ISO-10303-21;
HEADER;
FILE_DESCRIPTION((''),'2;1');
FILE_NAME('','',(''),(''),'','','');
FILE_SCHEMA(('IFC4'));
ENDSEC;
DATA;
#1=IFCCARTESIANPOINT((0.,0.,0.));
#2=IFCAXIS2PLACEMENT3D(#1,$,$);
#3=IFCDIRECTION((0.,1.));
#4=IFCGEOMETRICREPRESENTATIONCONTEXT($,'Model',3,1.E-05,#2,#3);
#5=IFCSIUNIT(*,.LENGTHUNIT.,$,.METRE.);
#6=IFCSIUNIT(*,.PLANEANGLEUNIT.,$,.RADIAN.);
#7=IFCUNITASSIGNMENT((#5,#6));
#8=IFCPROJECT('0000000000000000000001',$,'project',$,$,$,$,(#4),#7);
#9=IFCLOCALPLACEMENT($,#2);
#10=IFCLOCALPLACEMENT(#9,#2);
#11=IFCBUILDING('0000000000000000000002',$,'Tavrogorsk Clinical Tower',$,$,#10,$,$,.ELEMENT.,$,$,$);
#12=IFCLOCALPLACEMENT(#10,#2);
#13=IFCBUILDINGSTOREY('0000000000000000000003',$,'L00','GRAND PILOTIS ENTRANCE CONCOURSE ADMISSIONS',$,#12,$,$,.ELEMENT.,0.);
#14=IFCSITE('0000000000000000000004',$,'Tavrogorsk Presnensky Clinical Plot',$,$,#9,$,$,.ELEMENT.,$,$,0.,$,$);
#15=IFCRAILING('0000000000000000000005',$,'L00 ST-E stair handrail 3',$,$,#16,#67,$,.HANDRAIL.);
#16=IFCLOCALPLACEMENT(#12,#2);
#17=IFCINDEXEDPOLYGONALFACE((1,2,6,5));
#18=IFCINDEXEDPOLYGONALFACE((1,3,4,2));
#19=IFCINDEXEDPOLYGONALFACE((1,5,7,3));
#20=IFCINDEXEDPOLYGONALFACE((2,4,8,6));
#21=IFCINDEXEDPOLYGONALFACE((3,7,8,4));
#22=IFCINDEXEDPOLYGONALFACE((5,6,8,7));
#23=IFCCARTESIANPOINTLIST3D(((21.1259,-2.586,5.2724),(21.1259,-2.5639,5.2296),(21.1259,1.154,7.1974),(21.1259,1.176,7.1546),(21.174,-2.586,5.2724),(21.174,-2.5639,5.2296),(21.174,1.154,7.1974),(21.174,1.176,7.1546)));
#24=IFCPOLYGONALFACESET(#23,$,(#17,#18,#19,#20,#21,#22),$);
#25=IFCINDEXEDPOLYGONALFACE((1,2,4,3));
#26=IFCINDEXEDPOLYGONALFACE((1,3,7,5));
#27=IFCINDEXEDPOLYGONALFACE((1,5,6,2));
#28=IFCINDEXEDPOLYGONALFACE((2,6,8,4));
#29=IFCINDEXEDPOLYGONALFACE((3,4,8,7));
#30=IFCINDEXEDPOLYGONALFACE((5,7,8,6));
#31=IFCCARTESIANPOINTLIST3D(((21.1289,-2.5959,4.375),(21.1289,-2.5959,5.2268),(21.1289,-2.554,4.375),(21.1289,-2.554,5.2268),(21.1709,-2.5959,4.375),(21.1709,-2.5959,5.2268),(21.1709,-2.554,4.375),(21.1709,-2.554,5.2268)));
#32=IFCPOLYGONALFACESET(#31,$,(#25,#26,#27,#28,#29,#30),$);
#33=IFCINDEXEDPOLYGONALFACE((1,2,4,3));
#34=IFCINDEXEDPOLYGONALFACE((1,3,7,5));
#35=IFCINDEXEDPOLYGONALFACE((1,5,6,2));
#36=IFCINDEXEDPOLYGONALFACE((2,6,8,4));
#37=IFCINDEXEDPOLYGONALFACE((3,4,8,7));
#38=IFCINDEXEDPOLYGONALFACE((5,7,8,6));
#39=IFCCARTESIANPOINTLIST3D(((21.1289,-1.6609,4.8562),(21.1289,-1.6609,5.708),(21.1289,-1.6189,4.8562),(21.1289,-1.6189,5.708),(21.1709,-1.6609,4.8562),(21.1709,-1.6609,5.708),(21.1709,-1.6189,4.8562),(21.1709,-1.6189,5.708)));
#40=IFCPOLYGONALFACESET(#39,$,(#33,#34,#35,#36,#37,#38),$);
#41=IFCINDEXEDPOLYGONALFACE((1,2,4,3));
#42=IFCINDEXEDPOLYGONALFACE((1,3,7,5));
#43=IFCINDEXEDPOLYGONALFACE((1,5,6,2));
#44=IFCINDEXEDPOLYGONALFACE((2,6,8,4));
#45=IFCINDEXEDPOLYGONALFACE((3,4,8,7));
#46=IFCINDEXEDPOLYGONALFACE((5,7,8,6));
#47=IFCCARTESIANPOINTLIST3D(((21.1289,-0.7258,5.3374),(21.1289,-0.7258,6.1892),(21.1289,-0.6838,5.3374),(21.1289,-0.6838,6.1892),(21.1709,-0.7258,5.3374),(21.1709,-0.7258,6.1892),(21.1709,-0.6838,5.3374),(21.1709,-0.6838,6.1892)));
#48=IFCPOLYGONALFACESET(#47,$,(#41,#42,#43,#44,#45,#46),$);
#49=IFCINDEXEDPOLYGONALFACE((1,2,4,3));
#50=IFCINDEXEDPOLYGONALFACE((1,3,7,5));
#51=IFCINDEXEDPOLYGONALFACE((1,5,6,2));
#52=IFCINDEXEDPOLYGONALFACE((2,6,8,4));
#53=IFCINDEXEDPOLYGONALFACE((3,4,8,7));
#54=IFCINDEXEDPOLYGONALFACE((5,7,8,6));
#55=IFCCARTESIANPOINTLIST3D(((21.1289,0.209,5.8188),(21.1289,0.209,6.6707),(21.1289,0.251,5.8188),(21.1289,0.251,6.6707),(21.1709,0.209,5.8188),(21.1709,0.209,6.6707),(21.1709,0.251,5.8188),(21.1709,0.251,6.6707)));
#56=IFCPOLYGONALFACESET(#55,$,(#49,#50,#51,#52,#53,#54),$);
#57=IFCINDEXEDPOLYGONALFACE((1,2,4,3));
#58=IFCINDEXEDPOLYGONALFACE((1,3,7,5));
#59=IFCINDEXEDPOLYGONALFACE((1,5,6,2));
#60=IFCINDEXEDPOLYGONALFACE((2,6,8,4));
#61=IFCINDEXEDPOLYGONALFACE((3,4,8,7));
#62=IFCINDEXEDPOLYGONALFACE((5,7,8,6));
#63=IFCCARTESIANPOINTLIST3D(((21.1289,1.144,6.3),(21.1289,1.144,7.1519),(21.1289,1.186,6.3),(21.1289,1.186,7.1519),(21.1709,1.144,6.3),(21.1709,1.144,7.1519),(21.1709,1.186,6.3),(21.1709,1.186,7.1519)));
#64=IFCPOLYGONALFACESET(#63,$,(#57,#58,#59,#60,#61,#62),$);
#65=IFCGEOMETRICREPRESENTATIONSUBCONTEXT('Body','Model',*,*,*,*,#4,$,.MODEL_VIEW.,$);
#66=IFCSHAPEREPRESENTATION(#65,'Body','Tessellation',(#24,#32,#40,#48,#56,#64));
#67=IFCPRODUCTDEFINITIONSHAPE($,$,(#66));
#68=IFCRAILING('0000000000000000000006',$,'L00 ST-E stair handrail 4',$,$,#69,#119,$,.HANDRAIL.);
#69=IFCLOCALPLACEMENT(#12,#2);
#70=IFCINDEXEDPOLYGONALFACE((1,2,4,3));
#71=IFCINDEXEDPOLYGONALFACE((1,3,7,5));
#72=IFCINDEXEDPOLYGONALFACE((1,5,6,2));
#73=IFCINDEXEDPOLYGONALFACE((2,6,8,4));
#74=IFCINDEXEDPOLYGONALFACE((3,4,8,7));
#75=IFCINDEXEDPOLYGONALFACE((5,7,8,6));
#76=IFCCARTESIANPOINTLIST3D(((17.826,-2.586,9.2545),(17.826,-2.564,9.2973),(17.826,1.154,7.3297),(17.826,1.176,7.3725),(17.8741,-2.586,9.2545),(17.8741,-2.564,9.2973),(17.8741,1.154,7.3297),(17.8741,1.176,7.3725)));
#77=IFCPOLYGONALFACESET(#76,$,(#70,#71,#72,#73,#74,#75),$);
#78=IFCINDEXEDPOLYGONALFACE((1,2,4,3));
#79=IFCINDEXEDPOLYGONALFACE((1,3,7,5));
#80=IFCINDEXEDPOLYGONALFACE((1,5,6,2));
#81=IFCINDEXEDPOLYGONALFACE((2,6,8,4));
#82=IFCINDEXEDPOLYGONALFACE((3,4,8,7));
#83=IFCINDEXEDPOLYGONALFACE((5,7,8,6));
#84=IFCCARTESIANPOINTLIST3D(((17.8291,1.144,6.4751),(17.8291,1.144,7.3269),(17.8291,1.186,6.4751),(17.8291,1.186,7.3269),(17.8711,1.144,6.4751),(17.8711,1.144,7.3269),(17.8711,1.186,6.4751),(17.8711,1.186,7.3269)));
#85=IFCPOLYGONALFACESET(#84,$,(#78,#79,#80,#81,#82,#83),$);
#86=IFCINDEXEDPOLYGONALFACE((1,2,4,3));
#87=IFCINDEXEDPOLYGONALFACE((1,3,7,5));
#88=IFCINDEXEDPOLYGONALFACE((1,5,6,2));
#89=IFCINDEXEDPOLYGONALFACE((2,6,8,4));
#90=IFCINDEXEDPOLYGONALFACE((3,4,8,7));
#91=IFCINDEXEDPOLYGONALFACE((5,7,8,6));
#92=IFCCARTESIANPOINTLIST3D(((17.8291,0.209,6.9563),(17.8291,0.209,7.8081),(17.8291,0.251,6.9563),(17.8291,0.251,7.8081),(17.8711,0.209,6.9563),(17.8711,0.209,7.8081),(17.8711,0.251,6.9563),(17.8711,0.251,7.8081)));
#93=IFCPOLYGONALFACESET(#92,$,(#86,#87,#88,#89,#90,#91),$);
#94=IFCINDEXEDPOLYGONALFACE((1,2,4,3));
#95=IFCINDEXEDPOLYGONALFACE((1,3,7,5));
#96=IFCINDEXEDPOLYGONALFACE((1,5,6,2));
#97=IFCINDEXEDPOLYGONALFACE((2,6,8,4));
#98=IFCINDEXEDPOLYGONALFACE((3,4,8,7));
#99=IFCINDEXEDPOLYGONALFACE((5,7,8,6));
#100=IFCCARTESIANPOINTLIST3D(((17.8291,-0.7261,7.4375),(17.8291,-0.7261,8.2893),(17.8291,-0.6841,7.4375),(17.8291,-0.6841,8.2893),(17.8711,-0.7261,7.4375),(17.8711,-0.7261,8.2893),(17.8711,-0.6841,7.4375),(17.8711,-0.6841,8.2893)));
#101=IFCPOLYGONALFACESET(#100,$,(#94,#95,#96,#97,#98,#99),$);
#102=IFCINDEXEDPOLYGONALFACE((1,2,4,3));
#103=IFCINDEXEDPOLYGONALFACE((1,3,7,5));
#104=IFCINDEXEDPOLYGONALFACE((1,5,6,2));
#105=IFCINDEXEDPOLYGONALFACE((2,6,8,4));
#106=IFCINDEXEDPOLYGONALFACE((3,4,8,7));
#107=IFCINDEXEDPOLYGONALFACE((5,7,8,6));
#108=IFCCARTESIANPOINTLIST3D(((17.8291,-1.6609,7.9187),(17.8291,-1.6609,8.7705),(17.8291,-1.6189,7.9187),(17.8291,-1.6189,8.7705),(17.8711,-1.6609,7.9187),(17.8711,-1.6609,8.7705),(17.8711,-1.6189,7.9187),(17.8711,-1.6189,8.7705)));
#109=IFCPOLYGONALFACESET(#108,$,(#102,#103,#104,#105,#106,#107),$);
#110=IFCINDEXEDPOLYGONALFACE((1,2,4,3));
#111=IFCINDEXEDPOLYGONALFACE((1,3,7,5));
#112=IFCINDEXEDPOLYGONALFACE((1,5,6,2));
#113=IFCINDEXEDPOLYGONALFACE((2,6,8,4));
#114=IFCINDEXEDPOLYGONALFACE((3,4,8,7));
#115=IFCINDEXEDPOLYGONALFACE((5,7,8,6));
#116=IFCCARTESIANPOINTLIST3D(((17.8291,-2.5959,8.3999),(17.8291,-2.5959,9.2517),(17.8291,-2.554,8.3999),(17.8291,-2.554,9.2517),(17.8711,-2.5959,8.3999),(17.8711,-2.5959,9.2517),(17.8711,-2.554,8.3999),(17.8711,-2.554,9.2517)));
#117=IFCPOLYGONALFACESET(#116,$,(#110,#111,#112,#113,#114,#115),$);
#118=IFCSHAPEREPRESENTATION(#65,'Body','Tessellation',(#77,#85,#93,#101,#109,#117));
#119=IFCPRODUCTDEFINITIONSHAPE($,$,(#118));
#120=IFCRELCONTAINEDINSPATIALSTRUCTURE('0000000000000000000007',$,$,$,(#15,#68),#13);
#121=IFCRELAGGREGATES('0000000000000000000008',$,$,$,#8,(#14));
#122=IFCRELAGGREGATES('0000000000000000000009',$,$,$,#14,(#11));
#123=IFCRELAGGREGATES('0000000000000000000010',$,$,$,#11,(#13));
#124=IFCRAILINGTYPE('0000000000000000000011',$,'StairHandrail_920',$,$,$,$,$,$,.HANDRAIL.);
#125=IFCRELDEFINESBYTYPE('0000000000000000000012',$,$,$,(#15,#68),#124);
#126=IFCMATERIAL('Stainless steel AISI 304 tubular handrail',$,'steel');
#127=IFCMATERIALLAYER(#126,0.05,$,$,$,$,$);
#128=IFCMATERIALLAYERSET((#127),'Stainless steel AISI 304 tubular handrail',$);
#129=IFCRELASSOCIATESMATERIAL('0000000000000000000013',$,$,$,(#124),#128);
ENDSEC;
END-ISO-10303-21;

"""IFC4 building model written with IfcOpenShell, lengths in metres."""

from ifc_helpers import new_model, si_unit, direction, frame, origin, origin_2d, place, context, subcontext, project, spatial, rectangle, extrude, material, layer, layer_set, type_object, element, save


model = new_model("IFC4")

# Units and contexts
model_context = context("Model", 3, precision=1e-05, world=origin(), true_north=direction((0.0, 1.0)))
body_context = subcontext(model_context, "Body", "Model", "MODEL_VIEW")
ifc_project = project(units=[si_unit("LENGTHUNIT", "METRE"), si_unit("PLANEANGLEUNIT", "RADIAN")], contexts=[model_context])

# Site, building, storey
site_placement = place(None, origin())
site = spatial("IfcSite", under=ifc_project, at=site_placement, Name="Tavrogorsk Presnensky Clinical Plot", CompositionType="ELEMENT", RefElevation=0.0)
building_placement = place(site_placement, origin())
building = spatial("IfcBuilding", under=site, at=building_placement, Name="Tavrogorsk Clinical Tower", CompositionType="ELEMENT")
storey_placement = place(building_placement, origin())
storey = spatial("IfcBuildingStorey", under=building, at=storey_placement, Name="L00", Description="GRAND PILOTIS ENTRANCE CONCOURSE ADMISSIONS", CompositionType="ELEMENT", Elevation=0.0)

# Railings
ifc_material_1 = material(Name="Stainless steel AISI 304 tubular handrail", Category="steel")
ifc_layer_1 = layer(ifc_material_1, 0.05)
ifc_layer_set_1 = layer_set([ifc_layer_1], Name="Stainless steel AISI 304 tubular handrail")
railing_type_1 = type_object("IfcRailingType", Name="StairHandrail_920", PredefinedType="HANDRAIL", material=ifc_layer_set_1)
railing_1_placement = place(storey_placement, frame((21.1499, -2.575, 4.375)))
element("IfcRailing", 1, at=railing_1_placement, inside=storey, type_object=railing_type_1, Name="L00 ST-E stair handrail 3", PredefinedType="HANDRAIL", context=body_context, shape_type="SweptSolid", body=[
    extrude(rectangle(XDim=0.0481, YDim=0.0481, at=origin_2d()), frame((0.0, 0.0, 0.876), z_axis=(0.0, 0.889131, 0.457654), x_axis=(-1.0, 0.0, 0.0)), (0.0, 0.0, 1.0), 4.2063),
    extrude(rectangle(XDim=0.042, YDim=0.042, at=origin_2d()), origin(), (0.0, 0.0, 1.0), 0.8518),
    extrude(rectangle(XDim=0.042, YDim=0.042, at=origin_2d()), frame((0.0, 0.9351, 0.4812)), (0.0, 0.0, 1.0), 0.8518),
    extrude(rectangle(XDim=0.042, YDim=0.042, at=origin_2d()), frame((0.0, 1.8701, 0.9624)), (0.0, 0.0, 1.0), 0.8518),
    extrude(rectangle(XDim=0.042, YDim=0.042, at=origin_2d()), frame((0.0, 2.8049, 1.4438)), (0.0, 0.0, 1.0), 0.8518),
    extrude(rectangle(XDim=0.042, YDim=0.042, at=origin_2d()), frame((0.0, 3.74, 1.925)), (0.0, 0.0, 1.0), 0.8518),
])
railing_2_placement = place(storey_placement, frame((17.8501, 1.165, 6.4751)))
element("IfcRailing", 2, at=railing_2_placement, inside=storey, type_object=railing_type_1, Name="L00 ST-E stair handrail 4", PredefinedType="HANDRAIL", context=body_context, shape_type="SweptSolid", body=[
    extrude(rectangle(XDim=0.0481, YDim=0.0481, at=origin_2d()), frame((0.0, 0.0, 0.876), z_axis=(0.0, -0.889154, 0.457608), x_axis=(1.0, 0.0, 0.0)), (0.0, 0.0, 1.0), 4.2063),
    extrude(rectangle(XDim=0.042, YDim=0.042, at=origin_2d()), origin(), (0.0, 0.0, 1.0), 0.8518),
    extrude(rectangle(XDim=0.042, YDim=0.042, at=origin_2d()), frame((0.0, -0.9351, 0.4812)), (0.0, 0.0, 1.0), 0.8518),
    extrude(rectangle(XDim=0.042, YDim=0.042, at=origin_2d()), frame((0.0, -1.8701, 0.9624)), (0.0, 0.0, 1.0), 0.8518),
    extrude(rectangle(XDim=0.042, YDim=0.042, at=origin_2d()), frame((0.0, -2.8049, 1.4436)), (0.0, 0.0, 1.0), 0.8518),
    extrude(rectangle(XDim=0.042, YDim=0.042, at=origin_2d()), frame((0.0, -3.74, 1.9248)), (0.0, 0.0, 1.0), 0.8518),
])

save(model, "model.ifc")
